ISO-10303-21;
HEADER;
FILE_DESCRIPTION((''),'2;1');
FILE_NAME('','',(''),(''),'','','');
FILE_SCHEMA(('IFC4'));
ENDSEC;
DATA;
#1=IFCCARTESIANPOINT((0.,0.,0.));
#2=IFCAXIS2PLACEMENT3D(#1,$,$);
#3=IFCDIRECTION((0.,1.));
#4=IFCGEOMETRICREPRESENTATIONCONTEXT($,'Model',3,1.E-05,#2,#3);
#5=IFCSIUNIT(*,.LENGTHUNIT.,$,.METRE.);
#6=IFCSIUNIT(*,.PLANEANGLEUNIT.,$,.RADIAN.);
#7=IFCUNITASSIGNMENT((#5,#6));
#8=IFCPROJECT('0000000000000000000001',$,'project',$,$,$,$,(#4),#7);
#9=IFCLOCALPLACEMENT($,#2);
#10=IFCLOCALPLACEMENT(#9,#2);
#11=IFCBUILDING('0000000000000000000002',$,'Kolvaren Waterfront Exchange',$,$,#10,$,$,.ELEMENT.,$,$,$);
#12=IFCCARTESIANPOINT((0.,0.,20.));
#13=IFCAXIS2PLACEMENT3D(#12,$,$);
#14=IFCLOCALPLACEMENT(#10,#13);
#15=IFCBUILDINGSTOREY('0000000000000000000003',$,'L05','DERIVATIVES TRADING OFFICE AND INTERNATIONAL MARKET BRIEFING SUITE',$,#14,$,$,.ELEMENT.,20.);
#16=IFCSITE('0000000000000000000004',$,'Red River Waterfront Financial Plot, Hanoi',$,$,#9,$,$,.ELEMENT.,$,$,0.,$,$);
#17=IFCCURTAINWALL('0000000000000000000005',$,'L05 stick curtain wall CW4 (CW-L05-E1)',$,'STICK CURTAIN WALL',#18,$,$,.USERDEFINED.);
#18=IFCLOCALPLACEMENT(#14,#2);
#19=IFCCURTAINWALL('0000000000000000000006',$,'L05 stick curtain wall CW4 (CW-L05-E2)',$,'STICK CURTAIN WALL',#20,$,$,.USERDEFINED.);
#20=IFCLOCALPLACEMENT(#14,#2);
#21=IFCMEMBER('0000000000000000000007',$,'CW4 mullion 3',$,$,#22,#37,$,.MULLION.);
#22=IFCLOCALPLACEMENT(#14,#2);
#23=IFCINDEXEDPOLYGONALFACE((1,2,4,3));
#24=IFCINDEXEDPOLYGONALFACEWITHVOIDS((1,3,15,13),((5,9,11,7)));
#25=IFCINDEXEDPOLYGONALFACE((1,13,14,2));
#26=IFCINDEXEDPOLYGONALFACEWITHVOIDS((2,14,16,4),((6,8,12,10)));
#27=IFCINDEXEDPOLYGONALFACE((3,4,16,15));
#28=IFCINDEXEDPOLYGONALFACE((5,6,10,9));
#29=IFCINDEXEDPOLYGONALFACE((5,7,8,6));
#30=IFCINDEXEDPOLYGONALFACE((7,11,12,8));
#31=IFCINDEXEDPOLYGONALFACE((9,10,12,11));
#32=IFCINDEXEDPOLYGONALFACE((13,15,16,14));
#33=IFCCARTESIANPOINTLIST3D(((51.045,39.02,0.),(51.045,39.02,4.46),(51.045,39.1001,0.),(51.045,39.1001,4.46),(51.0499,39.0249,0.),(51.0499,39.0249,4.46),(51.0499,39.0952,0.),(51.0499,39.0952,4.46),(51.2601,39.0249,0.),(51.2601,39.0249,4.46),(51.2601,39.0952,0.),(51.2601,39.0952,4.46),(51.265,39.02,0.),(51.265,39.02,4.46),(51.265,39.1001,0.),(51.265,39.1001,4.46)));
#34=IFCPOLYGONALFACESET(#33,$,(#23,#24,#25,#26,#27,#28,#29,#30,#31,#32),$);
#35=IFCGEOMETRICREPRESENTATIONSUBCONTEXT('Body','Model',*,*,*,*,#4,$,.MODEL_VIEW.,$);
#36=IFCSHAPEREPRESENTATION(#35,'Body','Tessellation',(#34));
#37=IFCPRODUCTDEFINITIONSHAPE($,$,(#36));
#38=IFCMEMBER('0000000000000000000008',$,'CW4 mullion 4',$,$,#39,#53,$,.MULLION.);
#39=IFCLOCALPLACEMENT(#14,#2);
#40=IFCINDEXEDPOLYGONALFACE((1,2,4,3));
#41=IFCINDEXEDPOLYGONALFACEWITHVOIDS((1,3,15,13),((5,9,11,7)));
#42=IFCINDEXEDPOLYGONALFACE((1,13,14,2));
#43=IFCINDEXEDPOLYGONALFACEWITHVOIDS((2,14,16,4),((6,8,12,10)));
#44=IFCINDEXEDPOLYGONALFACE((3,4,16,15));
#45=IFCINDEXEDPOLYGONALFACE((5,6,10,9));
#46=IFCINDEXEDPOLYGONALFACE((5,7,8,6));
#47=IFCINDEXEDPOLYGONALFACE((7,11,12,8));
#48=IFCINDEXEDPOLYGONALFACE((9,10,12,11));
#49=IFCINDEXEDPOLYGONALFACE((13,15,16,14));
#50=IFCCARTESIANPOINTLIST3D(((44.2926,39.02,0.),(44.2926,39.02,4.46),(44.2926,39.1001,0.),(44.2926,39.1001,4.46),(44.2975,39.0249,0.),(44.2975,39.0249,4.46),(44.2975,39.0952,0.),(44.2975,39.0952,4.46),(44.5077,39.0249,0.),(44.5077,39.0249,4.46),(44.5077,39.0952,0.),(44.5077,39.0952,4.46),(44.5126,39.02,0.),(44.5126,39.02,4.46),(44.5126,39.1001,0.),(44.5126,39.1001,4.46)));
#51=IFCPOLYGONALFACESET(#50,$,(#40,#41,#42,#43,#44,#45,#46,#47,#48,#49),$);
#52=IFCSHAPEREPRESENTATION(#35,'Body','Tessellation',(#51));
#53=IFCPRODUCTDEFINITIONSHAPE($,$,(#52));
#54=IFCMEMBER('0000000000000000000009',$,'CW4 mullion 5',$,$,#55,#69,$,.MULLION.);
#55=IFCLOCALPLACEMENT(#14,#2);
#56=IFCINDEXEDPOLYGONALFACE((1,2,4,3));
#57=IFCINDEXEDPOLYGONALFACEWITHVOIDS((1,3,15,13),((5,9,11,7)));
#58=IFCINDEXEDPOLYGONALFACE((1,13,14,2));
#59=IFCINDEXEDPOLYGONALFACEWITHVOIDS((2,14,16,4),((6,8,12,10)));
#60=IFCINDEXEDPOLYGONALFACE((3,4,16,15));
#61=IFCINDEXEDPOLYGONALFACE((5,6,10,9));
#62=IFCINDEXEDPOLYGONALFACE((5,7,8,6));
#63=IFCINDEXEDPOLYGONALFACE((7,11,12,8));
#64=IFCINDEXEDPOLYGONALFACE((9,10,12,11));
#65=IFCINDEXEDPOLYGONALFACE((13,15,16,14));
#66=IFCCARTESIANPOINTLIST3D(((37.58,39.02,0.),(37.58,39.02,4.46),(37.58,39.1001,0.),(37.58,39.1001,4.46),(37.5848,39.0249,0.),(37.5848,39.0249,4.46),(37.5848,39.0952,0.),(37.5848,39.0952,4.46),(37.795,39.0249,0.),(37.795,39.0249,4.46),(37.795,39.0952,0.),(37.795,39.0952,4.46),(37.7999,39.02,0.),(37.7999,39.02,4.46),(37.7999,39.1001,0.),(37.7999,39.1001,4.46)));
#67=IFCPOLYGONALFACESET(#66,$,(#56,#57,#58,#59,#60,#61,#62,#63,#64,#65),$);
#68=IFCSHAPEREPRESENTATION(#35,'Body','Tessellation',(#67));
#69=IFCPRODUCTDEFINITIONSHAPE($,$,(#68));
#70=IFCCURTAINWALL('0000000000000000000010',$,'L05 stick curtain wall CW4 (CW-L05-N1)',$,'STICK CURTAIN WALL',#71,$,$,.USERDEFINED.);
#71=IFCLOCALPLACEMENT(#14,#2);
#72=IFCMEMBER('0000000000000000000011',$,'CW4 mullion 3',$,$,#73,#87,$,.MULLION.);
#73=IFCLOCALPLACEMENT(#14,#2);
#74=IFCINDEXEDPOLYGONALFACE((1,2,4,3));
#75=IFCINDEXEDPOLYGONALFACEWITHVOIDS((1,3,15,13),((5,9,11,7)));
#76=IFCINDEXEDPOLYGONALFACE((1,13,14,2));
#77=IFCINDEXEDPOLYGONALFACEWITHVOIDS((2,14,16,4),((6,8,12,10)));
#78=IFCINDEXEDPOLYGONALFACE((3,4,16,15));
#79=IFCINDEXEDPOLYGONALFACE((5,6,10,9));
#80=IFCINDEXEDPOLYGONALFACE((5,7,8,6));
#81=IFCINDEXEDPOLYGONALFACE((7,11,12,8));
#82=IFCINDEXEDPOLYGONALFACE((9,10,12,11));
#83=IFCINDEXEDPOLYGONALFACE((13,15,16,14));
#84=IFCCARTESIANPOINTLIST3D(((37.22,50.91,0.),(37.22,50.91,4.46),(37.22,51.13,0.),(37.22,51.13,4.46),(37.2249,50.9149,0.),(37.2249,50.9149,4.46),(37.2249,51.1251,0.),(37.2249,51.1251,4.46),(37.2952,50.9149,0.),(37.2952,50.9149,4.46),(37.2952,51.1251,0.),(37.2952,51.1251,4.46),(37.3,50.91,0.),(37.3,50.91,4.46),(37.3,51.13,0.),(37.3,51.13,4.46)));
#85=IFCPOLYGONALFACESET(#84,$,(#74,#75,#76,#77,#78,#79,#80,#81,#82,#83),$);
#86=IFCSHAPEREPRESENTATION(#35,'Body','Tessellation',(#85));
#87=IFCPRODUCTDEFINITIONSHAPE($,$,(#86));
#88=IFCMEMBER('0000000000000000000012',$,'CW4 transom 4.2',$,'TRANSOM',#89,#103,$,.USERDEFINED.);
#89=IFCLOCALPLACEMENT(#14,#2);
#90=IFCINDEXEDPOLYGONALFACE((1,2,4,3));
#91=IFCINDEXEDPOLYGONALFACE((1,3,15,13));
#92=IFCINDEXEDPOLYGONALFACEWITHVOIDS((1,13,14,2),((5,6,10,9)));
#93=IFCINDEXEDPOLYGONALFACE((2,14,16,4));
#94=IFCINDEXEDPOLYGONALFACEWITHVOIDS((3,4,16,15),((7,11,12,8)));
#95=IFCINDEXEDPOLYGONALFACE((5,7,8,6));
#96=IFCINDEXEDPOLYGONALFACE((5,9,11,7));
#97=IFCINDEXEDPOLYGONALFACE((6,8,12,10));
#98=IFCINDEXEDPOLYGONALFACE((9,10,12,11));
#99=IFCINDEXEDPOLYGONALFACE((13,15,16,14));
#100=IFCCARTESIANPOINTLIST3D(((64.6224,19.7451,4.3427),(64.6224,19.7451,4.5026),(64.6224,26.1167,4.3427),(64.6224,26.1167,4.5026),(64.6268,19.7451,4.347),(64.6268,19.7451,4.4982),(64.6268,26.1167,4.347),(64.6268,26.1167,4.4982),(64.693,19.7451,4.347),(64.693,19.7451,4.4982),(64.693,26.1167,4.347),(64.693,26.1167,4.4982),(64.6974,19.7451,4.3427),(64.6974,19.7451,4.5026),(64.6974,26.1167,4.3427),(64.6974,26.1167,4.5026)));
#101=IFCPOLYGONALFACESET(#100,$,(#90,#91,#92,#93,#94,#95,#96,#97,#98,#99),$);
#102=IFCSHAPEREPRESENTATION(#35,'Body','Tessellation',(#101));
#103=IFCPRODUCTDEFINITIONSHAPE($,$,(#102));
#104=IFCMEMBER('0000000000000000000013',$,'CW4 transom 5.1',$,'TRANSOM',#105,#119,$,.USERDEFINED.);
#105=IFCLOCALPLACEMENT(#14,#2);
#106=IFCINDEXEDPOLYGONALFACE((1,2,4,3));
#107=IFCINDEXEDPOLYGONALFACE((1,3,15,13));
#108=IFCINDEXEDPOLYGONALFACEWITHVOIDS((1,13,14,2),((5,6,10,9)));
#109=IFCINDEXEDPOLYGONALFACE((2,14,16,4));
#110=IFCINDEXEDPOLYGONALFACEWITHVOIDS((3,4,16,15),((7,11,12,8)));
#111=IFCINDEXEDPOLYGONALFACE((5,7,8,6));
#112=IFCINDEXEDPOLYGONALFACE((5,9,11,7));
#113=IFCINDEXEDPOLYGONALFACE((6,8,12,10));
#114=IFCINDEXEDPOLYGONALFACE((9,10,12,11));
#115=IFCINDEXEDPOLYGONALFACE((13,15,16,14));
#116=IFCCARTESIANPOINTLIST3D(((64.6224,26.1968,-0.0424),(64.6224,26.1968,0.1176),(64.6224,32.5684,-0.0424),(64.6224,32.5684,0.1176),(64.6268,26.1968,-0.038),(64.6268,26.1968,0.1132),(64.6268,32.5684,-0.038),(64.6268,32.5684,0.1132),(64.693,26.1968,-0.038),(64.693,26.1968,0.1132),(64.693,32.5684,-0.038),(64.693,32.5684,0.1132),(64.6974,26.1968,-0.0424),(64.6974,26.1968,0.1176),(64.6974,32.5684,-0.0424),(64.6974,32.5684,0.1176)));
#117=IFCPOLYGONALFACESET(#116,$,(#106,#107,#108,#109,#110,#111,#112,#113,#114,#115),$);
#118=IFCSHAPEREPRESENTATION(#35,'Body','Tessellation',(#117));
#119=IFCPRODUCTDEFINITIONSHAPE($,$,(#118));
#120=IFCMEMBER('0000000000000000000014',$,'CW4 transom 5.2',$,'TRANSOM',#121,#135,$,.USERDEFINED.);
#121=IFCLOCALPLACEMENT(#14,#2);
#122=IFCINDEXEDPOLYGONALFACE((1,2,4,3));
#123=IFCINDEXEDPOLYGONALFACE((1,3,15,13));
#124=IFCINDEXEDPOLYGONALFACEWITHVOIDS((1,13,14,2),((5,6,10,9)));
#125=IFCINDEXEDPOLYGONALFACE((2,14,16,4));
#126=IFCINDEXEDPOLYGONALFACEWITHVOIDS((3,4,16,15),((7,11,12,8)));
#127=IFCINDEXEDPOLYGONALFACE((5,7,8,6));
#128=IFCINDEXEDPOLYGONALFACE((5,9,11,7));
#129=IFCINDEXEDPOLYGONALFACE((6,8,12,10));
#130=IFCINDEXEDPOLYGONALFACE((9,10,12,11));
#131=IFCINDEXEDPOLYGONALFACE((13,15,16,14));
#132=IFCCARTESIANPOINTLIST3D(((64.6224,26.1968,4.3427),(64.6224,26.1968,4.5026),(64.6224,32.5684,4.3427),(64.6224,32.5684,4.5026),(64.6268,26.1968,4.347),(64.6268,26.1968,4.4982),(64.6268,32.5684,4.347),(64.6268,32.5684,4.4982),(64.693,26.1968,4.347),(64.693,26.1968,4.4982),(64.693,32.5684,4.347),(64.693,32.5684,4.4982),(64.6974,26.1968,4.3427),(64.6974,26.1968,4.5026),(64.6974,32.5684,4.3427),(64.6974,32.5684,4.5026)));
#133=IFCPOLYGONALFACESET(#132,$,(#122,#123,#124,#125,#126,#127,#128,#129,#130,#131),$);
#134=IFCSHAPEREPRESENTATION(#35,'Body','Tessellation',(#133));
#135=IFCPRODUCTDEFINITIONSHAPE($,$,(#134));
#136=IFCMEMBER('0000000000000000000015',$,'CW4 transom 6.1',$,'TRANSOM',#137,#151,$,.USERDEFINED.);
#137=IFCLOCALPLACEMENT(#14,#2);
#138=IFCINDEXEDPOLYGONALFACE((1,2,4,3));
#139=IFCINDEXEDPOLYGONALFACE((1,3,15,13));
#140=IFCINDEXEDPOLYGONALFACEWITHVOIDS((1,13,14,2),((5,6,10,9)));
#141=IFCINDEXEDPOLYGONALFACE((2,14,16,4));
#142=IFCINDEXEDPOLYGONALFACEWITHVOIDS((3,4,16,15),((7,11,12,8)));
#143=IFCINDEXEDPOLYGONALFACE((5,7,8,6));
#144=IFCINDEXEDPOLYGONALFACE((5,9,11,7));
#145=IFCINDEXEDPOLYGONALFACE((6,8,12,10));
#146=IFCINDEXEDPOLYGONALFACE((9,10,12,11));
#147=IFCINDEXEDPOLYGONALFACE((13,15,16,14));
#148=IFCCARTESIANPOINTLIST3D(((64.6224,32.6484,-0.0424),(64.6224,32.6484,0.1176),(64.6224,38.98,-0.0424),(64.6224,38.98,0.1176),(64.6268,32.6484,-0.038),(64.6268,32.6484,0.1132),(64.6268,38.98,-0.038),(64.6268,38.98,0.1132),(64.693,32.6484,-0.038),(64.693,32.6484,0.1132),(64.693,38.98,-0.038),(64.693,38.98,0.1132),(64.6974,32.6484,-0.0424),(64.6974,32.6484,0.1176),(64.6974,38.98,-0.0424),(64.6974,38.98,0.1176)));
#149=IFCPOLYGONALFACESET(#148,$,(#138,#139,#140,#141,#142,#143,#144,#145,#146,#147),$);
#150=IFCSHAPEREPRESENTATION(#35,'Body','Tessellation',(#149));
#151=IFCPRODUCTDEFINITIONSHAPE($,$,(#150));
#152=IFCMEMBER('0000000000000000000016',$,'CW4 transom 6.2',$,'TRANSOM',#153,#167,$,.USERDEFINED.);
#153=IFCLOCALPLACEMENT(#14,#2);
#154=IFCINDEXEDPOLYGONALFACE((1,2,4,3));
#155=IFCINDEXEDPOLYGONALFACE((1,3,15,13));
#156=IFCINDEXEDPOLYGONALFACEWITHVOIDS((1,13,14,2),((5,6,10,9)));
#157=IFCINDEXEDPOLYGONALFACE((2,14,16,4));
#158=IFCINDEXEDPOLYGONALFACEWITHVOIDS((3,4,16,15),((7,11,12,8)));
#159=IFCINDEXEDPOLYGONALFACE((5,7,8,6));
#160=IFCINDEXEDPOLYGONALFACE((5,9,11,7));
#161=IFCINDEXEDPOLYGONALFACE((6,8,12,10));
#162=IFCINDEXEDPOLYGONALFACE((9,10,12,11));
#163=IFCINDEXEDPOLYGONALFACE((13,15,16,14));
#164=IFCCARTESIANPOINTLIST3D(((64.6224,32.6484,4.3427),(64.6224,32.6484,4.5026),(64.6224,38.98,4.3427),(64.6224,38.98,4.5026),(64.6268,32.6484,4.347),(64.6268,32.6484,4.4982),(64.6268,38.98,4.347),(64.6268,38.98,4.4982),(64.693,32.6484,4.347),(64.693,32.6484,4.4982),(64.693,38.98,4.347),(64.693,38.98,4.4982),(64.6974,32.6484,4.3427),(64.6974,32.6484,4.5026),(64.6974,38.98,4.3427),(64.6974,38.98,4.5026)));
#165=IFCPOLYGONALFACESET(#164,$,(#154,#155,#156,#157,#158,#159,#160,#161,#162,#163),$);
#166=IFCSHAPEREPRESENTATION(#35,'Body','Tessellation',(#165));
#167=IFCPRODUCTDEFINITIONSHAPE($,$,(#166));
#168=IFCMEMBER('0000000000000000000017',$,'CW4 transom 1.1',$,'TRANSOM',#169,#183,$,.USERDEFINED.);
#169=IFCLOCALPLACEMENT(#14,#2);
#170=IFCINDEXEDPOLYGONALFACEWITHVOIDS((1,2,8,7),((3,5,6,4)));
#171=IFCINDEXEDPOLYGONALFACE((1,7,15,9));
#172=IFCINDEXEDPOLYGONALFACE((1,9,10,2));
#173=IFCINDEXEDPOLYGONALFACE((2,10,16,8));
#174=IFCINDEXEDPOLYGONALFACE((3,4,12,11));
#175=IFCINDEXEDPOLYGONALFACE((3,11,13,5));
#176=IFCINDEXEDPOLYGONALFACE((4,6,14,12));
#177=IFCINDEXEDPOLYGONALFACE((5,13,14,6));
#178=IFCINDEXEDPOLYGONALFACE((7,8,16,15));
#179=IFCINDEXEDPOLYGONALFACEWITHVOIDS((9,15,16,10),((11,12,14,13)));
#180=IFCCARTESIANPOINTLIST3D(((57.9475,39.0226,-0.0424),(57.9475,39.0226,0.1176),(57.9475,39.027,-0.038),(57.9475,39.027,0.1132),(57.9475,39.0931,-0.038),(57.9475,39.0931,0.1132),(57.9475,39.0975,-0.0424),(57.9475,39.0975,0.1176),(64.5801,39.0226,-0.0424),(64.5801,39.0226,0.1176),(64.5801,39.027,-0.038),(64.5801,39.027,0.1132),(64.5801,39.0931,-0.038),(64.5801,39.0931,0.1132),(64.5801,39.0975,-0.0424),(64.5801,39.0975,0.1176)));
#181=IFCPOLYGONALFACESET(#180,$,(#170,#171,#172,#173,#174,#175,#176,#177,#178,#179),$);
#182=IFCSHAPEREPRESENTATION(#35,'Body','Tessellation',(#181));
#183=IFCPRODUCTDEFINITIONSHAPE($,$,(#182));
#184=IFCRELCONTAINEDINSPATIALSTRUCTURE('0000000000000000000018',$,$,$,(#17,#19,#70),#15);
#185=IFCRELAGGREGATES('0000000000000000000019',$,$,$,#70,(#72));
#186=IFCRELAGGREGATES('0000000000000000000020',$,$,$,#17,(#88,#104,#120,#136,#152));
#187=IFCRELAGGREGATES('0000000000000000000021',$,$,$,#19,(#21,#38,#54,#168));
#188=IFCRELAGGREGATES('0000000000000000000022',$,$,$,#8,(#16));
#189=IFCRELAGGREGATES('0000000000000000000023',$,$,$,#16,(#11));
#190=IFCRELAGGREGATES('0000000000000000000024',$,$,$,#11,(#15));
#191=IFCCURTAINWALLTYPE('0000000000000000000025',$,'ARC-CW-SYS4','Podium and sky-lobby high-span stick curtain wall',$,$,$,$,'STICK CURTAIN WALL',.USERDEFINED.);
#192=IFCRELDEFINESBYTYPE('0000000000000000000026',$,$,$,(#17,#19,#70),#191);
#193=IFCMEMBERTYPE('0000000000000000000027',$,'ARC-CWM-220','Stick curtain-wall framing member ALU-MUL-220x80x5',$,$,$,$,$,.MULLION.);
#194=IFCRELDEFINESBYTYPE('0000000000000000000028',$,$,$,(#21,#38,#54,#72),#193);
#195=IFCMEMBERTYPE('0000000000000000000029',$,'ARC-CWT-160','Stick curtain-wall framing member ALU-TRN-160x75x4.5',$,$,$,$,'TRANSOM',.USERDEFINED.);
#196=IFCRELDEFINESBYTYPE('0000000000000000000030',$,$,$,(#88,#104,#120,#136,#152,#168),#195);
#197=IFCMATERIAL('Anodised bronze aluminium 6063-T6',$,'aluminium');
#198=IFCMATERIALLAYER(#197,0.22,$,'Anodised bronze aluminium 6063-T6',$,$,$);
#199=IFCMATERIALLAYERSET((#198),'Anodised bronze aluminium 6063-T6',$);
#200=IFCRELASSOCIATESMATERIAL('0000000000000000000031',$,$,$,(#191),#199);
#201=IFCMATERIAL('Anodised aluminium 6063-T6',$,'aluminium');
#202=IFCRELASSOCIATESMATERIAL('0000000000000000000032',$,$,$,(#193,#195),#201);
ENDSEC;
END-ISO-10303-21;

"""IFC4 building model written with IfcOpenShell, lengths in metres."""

from ifc_helpers import new_model, si_unit, direction, frame, origin, origin_with_axes, origin_2d, place, context, subcontext, project, spatial, hollow_rectangle, extrude, source, transform, mapped, material, layer, layer_set, material_profile, profile_set, type_object, element, aggregate, save


model = new_model("IFC4")

# Units and contexts
model_context = context("Model", 3, precision=1e-05, world=origin(), true_north=direction((0.0, 1.0)))
body_context = subcontext(model_context, "Body", "Model", "MODEL_VIEW")
ifc_project = project(units=[si_unit("LENGTHUNIT", "METRE"), si_unit("PLANEANGLEUNIT", "RADIAN")], contexts=[model_context])

# Site, building, storey
site_placement = place(None, origin())
site = spatial("IfcSite", under=ifc_project, at=site_placement, Name="Red River Waterfront Financial Plot, Hanoi", CompositionType="ELEMENT", RefElevation=0.0)
building_placement = place(site_placement, origin())
building = spatial("IfcBuilding", under=site, at=building_placement, Name="Kolvaren Waterfront Exchange", CompositionType="ELEMENT")
storey_placement = place(building_placement, frame((0.0, 0.0, 20.0)))
storey = spatial("IfcBuildingStorey", under=building, at=storey_placement, Name="L05", Description="DERIVATIVES TRADING OFFICE AND INTERNATIONAL MARKET BRIEFING SUITE", CompositionType="ELEMENT", Elevation=20.0)

# Curtain walls, members
ifc_material_1 = material(Name="Anodised bronze aluminium 6063-T6", Category="aluminium")
ifc_layer_1 = layer(ifc_material_1, 0.22, Name="Anodised bronze aluminium 6063-T6")
ifc_layer_set_1 = layer_set([ifc_layer_1], Name="Anodised bronze aluminium 6063-T6")
curtain_wall_type = type_object("IfcCurtainWallType", Name="ARC-CW-SYS4", Description="Podium and sky-lobby high-span stick curtain wall", ElementType="STICK CURTAIN WALL", PredefinedType="USERDEFINED", material=ifc_layer_set_1)
curtain_wall_1_placement = place(storey_placement, origin())
curtain_wall_1 = element("IfcCurtainWall", 1, at=curtain_wall_1_placement, inside=storey, type_object=curtain_wall_type, Name="L05 stick curtain wall CW4 (CW-L05-E1)", ObjectType="STICK CURTAIN WALL", PredefinedType="USERDEFINED")
ifc_material_2 = material(Name="Anodised aluminium 6063-T6", Category="aluminium")
ifc_material_profile_1 = material_profile(ifc_material_2, hollow_rectangle(XDim=0.0801, YDim=0.22, WallThickness=0.0049, at=origin_2d()), Name="ALU-MUL-220x80x5")
ifc_profile_set_1 = profile_set([ifc_material_profile_1], Name="Anodised aluminium 6063-T6")
member_type_1 = type_object("IfcMemberType", Name="ARC-CWM-220", Description="Stick curtain-wall framing member ALU-MUL-220x80x5", PredefinedType="MULLION", material=ifc_profile_set_1)
shared_shape_1 = source(origin_with_axes(), body_context, "Body", "SweptSolid", [
    extrude(hollow_rectangle(XDim=0.0801, YDim=0.22, WallThickness=0.0049, at=origin_2d()), origin(), (0.0, 0.0, 1.0), 4.46),
])
curtain_wall_2_placement = place(storey_placement, origin())
curtain_wall_2 = element("IfcCurtainWall", 2, at=curtain_wall_2_placement, inside=storey, type_object=curtain_wall_type, Name="L05 stick curtain wall CW4 (CW-L05-E2)", ObjectType="STICK CURTAIN WALL", PredefinedType="USERDEFINED")
member_1_placement = place(storey_placement, frame((51.155, 39.0601, 0.0), z_axis=(0.0, 0.0, 1.0), x_axis=(0.0, -1.0, 0.0)))
member_1 = element("IfcMember", 3, at=member_1_placement, type_object=member_type_1, Name="CW4 mullion 3", PredefinedType="MULLION", context=body_context, shape_type="MappedRepresentation", body=[
    mapped(shared_shape_1, transform((0.0, 0.0, 0.0), x_axis=(1.0, 0.0, 0.0), y_axis=(0.0, 1.0, 0.0), z_axis=(0.0, 0.0, 1.0), scale=1.0)),
])
member_2_placement = place(storey_placement, frame((44.4026, 39.0601, 0.0), z_axis=(0.0, 0.0, 1.0), x_axis=(0.0, -1.0, 0.0)))
member_2 = element("IfcMember", 4, at=member_2_placement, type_object=member_type_1, Name="CW4 mullion 4", PredefinedType="MULLION", context=body_context, shape_type="MappedRepresentation", body=[
    mapped(shared_shape_1, transform((0.0, 0.0, 0.0), x_axis=(1.0, 0.0, 0.0), y_axis=(0.0, 1.0, 0.0), z_axis=(0.0, 0.0, 1.0), scale=1.0)),
])
member_3_placement = place(storey_placement, frame((37.6899, 39.0601, 0.0), z_axis=(0.0, 0.0, 1.0), x_axis=(0.0, -1.0, 0.0)))
member_3 = element("IfcMember", 5, at=member_3_placement, type_object=member_type_1, Name="CW4 mullion 5", PredefinedType="MULLION", context=body_context, shape_type="MappedRepresentation", body=[
    mapped(shared_shape_1, transform((0.0, 0.0, 0.0), x_axis=(1.0, 0.0, 0.0), y_axis=(0.0, 1.0, 0.0), z_axis=(0.0, 0.0, 1.0), scale=1.0)),
])

# Curtain wall, member
curtain_wall_3_placement = place(storey_placement, origin())
curtain_wall_3 = element("IfcCurtainWall", 6, at=curtain_wall_3_placement, inside=storey, type_object=curtain_wall_type, Name="L05 stick curtain wall CW4 (CW-L05-N1)", ObjectType="STICK CURTAIN WALL", PredefinedType="USERDEFINED")
member_4_placement = place(storey_placement, frame((37.26, 51.02, 0.0), z_axis=(0.0, 0.0, 1.0), x_axis=(-1.0, 0.0, 0.0)))
member_4 = element("IfcMember", 7, at=member_4_placement, type_object=member_type_1, Name="CW4 mullion 3", PredefinedType="MULLION", context=body_context, shape_type="MappedRepresentation", body=[
    mapped(shared_shape_1, transform((0.0, 0.0, 0.0), x_axis=(1.0, 0.0, 0.0), y_axis=(0.0, 1.0, 0.0), z_axis=(0.0, 0.0, 1.0), scale=1.0)),
])
aggregate(curtain_wall_3, [member_4])

# Members
ifc_material_profile_2 = material_profile(ifc_material_2, hollow_rectangle(XDim=0.075, YDim=0.1599, WallThickness=0.0044, at=origin_2d()), Name="ALU-TRN-160x75x4.5")
ifc_profile_set_2 = profile_set([ifc_material_profile_2], Name="Anodised aluminium 6063-T6")
member_type_2 = type_object("IfcMemberType", Name="ARC-CWT-160", Description="Stick curtain-wall framing member ALU-TRN-160x75x4.5", ElementType="TRANSOM", PredefinedType="USERDEFINED", material=ifc_profile_set_2)
shared_shape_2 = source(origin_with_axes(), body_context, "Body", "SweptSolid", [
    extrude(hollow_rectangle(XDim=0.075, YDim=0.1599, WallThickness=0.0044, at=origin_2d()), origin(), (0.0, 0.0, 1.0), 6.3716),
])
member_5_placement = place(storey_placement, frame((64.6599, 19.7451, 4.4226), z_axis=(0.0, 1.0, 0.0), x_axis=(-1.0, 0.0, 0.0)))
member_5 = element("IfcMember", 8, at=member_5_placement, type_object=member_type_2, Name="CW4 transom 4.2", ObjectType="TRANSOM", PredefinedType="USERDEFINED", context=body_context, shape_type="MappedRepresentation", body=[
    mapped(shared_shape_2, transform((0.0, 0.0, 0.0), x_axis=(1.0, 0.0, 0.0), y_axis=(0.0, 1.0, 0.0), z_axis=(0.0, 0.0, 1.0), scale=1.0)),
])
member_6_placement = place(storey_placement, frame((64.6599, 26.1968, 0.0376), z_axis=(0.0, 1.0, 0.0), x_axis=(-1.0, 0.0, 0.0)))
member_6 = element("IfcMember", 9, at=member_6_placement, type_object=member_type_2, Name="CW4 transom 5.1", ObjectType="TRANSOM", PredefinedType="USERDEFINED", context=body_context, shape_type="MappedRepresentation", body=[
    mapped(shared_shape_2, transform((0.0, 0.0, 0.0), x_axis=(1.0, 0.0, 0.0), y_axis=(0.0, 1.0, 0.0), z_axis=(0.0, 0.0, 1.0), scale=1.0)),
])
member_7_placement = place(storey_placement, frame((64.6599, 26.1968, 4.4226), z_axis=(0.0, 1.0, 0.0), x_axis=(-1.0, 0.0, 0.0)))
member_7 = element("IfcMember", 10, at=member_7_placement, type_object=member_type_2, Name="CW4 transom 5.2", ObjectType="TRANSOM", PredefinedType="USERDEFINED", context=body_context, shape_type="MappedRepresentation", body=[
    mapped(shared_shape_2, transform((0.0, 0.0, 0.0), x_axis=(1.0, 0.0, 0.0), y_axis=(0.0, 1.0, 0.0), z_axis=(0.0, 0.0, 1.0), scale=1.0)),
])
shared_shape_3 = source(origin_with_axes(), body_context, "Body", "SweptSolid", [
    extrude(hollow_rectangle(XDim=0.075, YDim=0.1599, WallThickness=0.0044, at=origin_2d()), origin(), (0.0, 0.0, 1.0), 6.3315),
])
member_8_placement = place(storey_placement, frame((64.6599, 32.6484, 0.0376), z_axis=(0.0, 1.0, 0.0), x_axis=(-1.0, 0.0, 0.0)))
member_8 = element("IfcMember", 11, at=member_8_placement, type_object=member_type_2, Name="CW4 transom 6.1", ObjectType="TRANSOM", PredefinedType="USERDEFINED", context=body_context, shape_type="MappedRepresentation", body=[
    mapped(shared_shape_3, transform((0.0, 0.0, 0.0), x_axis=(1.0, 0.0, 0.0), y_axis=(0.0, 1.0, 0.0), z_axis=(0.0, 0.0, 1.0), scale=1.0)),
])
member_9_placement = place(storey_placement, frame((64.6599, 32.6484, 4.4226), z_axis=(0.0, 1.0, 0.0), x_axis=(-1.0, 0.0, 0.0)))
member_9 = element("IfcMember", 12, at=member_9_placement, type_object=member_type_2, Name="CW4 transom 6.2", ObjectType="TRANSOM", PredefinedType="USERDEFINED", context=body_context, shape_type="MappedRepresentation", body=[
    mapped(shared_shape_3, transform((0.0, 0.0, 0.0), x_axis=(1.0, 0.0, 0.0), y_axis=(0.0, 1.0, 0.0), z_axis=(0.0, 0.0, 1.0), scale=1.0)),
])
shared_shape_4 = source(origin_with_axes(), body_context, "Body", "SweptSolid", [
    extrude(hollow_rectangle(XDim=0.075, YDim=0.1599, WallThickness=0.0044, at=origin_2d()), origin(), (0.0, 0.0, 1.0), 6.6326),
])
member_10_placement = place(storey_placement, frame((64.5801, 39.0601, 0.0376), z_axis=(-1.0, 0.0, 0.0), x_axis=(0.0, -1.0, 0.0)))
member_10 = element("IfcMember", 13, at=member_10_placement, type_object=member_type_2, Name="CW4 transom 1.1", ObjectType="TRANSOM", PredefinedType="USERDEFINED", context=body_context, shape_type="MappedRepresentation", body=[
    mapped(shared_shape_4, transform((0.0, 0.0, 0.0), x_axis=(1.0, 0.0, 0.0), y_axis=(0.0, 1.0, 0.0), z_axis=(0.0, 0.0, 1.0), scale=1.0)),
])

aggregate(curtain_wall_1, [member_5, member_6, member_7, member_8, member_9])
aggregate(curtain_wall_2, [member_1, member_2, member_3, member_10])

save(model, "model.ifc")
